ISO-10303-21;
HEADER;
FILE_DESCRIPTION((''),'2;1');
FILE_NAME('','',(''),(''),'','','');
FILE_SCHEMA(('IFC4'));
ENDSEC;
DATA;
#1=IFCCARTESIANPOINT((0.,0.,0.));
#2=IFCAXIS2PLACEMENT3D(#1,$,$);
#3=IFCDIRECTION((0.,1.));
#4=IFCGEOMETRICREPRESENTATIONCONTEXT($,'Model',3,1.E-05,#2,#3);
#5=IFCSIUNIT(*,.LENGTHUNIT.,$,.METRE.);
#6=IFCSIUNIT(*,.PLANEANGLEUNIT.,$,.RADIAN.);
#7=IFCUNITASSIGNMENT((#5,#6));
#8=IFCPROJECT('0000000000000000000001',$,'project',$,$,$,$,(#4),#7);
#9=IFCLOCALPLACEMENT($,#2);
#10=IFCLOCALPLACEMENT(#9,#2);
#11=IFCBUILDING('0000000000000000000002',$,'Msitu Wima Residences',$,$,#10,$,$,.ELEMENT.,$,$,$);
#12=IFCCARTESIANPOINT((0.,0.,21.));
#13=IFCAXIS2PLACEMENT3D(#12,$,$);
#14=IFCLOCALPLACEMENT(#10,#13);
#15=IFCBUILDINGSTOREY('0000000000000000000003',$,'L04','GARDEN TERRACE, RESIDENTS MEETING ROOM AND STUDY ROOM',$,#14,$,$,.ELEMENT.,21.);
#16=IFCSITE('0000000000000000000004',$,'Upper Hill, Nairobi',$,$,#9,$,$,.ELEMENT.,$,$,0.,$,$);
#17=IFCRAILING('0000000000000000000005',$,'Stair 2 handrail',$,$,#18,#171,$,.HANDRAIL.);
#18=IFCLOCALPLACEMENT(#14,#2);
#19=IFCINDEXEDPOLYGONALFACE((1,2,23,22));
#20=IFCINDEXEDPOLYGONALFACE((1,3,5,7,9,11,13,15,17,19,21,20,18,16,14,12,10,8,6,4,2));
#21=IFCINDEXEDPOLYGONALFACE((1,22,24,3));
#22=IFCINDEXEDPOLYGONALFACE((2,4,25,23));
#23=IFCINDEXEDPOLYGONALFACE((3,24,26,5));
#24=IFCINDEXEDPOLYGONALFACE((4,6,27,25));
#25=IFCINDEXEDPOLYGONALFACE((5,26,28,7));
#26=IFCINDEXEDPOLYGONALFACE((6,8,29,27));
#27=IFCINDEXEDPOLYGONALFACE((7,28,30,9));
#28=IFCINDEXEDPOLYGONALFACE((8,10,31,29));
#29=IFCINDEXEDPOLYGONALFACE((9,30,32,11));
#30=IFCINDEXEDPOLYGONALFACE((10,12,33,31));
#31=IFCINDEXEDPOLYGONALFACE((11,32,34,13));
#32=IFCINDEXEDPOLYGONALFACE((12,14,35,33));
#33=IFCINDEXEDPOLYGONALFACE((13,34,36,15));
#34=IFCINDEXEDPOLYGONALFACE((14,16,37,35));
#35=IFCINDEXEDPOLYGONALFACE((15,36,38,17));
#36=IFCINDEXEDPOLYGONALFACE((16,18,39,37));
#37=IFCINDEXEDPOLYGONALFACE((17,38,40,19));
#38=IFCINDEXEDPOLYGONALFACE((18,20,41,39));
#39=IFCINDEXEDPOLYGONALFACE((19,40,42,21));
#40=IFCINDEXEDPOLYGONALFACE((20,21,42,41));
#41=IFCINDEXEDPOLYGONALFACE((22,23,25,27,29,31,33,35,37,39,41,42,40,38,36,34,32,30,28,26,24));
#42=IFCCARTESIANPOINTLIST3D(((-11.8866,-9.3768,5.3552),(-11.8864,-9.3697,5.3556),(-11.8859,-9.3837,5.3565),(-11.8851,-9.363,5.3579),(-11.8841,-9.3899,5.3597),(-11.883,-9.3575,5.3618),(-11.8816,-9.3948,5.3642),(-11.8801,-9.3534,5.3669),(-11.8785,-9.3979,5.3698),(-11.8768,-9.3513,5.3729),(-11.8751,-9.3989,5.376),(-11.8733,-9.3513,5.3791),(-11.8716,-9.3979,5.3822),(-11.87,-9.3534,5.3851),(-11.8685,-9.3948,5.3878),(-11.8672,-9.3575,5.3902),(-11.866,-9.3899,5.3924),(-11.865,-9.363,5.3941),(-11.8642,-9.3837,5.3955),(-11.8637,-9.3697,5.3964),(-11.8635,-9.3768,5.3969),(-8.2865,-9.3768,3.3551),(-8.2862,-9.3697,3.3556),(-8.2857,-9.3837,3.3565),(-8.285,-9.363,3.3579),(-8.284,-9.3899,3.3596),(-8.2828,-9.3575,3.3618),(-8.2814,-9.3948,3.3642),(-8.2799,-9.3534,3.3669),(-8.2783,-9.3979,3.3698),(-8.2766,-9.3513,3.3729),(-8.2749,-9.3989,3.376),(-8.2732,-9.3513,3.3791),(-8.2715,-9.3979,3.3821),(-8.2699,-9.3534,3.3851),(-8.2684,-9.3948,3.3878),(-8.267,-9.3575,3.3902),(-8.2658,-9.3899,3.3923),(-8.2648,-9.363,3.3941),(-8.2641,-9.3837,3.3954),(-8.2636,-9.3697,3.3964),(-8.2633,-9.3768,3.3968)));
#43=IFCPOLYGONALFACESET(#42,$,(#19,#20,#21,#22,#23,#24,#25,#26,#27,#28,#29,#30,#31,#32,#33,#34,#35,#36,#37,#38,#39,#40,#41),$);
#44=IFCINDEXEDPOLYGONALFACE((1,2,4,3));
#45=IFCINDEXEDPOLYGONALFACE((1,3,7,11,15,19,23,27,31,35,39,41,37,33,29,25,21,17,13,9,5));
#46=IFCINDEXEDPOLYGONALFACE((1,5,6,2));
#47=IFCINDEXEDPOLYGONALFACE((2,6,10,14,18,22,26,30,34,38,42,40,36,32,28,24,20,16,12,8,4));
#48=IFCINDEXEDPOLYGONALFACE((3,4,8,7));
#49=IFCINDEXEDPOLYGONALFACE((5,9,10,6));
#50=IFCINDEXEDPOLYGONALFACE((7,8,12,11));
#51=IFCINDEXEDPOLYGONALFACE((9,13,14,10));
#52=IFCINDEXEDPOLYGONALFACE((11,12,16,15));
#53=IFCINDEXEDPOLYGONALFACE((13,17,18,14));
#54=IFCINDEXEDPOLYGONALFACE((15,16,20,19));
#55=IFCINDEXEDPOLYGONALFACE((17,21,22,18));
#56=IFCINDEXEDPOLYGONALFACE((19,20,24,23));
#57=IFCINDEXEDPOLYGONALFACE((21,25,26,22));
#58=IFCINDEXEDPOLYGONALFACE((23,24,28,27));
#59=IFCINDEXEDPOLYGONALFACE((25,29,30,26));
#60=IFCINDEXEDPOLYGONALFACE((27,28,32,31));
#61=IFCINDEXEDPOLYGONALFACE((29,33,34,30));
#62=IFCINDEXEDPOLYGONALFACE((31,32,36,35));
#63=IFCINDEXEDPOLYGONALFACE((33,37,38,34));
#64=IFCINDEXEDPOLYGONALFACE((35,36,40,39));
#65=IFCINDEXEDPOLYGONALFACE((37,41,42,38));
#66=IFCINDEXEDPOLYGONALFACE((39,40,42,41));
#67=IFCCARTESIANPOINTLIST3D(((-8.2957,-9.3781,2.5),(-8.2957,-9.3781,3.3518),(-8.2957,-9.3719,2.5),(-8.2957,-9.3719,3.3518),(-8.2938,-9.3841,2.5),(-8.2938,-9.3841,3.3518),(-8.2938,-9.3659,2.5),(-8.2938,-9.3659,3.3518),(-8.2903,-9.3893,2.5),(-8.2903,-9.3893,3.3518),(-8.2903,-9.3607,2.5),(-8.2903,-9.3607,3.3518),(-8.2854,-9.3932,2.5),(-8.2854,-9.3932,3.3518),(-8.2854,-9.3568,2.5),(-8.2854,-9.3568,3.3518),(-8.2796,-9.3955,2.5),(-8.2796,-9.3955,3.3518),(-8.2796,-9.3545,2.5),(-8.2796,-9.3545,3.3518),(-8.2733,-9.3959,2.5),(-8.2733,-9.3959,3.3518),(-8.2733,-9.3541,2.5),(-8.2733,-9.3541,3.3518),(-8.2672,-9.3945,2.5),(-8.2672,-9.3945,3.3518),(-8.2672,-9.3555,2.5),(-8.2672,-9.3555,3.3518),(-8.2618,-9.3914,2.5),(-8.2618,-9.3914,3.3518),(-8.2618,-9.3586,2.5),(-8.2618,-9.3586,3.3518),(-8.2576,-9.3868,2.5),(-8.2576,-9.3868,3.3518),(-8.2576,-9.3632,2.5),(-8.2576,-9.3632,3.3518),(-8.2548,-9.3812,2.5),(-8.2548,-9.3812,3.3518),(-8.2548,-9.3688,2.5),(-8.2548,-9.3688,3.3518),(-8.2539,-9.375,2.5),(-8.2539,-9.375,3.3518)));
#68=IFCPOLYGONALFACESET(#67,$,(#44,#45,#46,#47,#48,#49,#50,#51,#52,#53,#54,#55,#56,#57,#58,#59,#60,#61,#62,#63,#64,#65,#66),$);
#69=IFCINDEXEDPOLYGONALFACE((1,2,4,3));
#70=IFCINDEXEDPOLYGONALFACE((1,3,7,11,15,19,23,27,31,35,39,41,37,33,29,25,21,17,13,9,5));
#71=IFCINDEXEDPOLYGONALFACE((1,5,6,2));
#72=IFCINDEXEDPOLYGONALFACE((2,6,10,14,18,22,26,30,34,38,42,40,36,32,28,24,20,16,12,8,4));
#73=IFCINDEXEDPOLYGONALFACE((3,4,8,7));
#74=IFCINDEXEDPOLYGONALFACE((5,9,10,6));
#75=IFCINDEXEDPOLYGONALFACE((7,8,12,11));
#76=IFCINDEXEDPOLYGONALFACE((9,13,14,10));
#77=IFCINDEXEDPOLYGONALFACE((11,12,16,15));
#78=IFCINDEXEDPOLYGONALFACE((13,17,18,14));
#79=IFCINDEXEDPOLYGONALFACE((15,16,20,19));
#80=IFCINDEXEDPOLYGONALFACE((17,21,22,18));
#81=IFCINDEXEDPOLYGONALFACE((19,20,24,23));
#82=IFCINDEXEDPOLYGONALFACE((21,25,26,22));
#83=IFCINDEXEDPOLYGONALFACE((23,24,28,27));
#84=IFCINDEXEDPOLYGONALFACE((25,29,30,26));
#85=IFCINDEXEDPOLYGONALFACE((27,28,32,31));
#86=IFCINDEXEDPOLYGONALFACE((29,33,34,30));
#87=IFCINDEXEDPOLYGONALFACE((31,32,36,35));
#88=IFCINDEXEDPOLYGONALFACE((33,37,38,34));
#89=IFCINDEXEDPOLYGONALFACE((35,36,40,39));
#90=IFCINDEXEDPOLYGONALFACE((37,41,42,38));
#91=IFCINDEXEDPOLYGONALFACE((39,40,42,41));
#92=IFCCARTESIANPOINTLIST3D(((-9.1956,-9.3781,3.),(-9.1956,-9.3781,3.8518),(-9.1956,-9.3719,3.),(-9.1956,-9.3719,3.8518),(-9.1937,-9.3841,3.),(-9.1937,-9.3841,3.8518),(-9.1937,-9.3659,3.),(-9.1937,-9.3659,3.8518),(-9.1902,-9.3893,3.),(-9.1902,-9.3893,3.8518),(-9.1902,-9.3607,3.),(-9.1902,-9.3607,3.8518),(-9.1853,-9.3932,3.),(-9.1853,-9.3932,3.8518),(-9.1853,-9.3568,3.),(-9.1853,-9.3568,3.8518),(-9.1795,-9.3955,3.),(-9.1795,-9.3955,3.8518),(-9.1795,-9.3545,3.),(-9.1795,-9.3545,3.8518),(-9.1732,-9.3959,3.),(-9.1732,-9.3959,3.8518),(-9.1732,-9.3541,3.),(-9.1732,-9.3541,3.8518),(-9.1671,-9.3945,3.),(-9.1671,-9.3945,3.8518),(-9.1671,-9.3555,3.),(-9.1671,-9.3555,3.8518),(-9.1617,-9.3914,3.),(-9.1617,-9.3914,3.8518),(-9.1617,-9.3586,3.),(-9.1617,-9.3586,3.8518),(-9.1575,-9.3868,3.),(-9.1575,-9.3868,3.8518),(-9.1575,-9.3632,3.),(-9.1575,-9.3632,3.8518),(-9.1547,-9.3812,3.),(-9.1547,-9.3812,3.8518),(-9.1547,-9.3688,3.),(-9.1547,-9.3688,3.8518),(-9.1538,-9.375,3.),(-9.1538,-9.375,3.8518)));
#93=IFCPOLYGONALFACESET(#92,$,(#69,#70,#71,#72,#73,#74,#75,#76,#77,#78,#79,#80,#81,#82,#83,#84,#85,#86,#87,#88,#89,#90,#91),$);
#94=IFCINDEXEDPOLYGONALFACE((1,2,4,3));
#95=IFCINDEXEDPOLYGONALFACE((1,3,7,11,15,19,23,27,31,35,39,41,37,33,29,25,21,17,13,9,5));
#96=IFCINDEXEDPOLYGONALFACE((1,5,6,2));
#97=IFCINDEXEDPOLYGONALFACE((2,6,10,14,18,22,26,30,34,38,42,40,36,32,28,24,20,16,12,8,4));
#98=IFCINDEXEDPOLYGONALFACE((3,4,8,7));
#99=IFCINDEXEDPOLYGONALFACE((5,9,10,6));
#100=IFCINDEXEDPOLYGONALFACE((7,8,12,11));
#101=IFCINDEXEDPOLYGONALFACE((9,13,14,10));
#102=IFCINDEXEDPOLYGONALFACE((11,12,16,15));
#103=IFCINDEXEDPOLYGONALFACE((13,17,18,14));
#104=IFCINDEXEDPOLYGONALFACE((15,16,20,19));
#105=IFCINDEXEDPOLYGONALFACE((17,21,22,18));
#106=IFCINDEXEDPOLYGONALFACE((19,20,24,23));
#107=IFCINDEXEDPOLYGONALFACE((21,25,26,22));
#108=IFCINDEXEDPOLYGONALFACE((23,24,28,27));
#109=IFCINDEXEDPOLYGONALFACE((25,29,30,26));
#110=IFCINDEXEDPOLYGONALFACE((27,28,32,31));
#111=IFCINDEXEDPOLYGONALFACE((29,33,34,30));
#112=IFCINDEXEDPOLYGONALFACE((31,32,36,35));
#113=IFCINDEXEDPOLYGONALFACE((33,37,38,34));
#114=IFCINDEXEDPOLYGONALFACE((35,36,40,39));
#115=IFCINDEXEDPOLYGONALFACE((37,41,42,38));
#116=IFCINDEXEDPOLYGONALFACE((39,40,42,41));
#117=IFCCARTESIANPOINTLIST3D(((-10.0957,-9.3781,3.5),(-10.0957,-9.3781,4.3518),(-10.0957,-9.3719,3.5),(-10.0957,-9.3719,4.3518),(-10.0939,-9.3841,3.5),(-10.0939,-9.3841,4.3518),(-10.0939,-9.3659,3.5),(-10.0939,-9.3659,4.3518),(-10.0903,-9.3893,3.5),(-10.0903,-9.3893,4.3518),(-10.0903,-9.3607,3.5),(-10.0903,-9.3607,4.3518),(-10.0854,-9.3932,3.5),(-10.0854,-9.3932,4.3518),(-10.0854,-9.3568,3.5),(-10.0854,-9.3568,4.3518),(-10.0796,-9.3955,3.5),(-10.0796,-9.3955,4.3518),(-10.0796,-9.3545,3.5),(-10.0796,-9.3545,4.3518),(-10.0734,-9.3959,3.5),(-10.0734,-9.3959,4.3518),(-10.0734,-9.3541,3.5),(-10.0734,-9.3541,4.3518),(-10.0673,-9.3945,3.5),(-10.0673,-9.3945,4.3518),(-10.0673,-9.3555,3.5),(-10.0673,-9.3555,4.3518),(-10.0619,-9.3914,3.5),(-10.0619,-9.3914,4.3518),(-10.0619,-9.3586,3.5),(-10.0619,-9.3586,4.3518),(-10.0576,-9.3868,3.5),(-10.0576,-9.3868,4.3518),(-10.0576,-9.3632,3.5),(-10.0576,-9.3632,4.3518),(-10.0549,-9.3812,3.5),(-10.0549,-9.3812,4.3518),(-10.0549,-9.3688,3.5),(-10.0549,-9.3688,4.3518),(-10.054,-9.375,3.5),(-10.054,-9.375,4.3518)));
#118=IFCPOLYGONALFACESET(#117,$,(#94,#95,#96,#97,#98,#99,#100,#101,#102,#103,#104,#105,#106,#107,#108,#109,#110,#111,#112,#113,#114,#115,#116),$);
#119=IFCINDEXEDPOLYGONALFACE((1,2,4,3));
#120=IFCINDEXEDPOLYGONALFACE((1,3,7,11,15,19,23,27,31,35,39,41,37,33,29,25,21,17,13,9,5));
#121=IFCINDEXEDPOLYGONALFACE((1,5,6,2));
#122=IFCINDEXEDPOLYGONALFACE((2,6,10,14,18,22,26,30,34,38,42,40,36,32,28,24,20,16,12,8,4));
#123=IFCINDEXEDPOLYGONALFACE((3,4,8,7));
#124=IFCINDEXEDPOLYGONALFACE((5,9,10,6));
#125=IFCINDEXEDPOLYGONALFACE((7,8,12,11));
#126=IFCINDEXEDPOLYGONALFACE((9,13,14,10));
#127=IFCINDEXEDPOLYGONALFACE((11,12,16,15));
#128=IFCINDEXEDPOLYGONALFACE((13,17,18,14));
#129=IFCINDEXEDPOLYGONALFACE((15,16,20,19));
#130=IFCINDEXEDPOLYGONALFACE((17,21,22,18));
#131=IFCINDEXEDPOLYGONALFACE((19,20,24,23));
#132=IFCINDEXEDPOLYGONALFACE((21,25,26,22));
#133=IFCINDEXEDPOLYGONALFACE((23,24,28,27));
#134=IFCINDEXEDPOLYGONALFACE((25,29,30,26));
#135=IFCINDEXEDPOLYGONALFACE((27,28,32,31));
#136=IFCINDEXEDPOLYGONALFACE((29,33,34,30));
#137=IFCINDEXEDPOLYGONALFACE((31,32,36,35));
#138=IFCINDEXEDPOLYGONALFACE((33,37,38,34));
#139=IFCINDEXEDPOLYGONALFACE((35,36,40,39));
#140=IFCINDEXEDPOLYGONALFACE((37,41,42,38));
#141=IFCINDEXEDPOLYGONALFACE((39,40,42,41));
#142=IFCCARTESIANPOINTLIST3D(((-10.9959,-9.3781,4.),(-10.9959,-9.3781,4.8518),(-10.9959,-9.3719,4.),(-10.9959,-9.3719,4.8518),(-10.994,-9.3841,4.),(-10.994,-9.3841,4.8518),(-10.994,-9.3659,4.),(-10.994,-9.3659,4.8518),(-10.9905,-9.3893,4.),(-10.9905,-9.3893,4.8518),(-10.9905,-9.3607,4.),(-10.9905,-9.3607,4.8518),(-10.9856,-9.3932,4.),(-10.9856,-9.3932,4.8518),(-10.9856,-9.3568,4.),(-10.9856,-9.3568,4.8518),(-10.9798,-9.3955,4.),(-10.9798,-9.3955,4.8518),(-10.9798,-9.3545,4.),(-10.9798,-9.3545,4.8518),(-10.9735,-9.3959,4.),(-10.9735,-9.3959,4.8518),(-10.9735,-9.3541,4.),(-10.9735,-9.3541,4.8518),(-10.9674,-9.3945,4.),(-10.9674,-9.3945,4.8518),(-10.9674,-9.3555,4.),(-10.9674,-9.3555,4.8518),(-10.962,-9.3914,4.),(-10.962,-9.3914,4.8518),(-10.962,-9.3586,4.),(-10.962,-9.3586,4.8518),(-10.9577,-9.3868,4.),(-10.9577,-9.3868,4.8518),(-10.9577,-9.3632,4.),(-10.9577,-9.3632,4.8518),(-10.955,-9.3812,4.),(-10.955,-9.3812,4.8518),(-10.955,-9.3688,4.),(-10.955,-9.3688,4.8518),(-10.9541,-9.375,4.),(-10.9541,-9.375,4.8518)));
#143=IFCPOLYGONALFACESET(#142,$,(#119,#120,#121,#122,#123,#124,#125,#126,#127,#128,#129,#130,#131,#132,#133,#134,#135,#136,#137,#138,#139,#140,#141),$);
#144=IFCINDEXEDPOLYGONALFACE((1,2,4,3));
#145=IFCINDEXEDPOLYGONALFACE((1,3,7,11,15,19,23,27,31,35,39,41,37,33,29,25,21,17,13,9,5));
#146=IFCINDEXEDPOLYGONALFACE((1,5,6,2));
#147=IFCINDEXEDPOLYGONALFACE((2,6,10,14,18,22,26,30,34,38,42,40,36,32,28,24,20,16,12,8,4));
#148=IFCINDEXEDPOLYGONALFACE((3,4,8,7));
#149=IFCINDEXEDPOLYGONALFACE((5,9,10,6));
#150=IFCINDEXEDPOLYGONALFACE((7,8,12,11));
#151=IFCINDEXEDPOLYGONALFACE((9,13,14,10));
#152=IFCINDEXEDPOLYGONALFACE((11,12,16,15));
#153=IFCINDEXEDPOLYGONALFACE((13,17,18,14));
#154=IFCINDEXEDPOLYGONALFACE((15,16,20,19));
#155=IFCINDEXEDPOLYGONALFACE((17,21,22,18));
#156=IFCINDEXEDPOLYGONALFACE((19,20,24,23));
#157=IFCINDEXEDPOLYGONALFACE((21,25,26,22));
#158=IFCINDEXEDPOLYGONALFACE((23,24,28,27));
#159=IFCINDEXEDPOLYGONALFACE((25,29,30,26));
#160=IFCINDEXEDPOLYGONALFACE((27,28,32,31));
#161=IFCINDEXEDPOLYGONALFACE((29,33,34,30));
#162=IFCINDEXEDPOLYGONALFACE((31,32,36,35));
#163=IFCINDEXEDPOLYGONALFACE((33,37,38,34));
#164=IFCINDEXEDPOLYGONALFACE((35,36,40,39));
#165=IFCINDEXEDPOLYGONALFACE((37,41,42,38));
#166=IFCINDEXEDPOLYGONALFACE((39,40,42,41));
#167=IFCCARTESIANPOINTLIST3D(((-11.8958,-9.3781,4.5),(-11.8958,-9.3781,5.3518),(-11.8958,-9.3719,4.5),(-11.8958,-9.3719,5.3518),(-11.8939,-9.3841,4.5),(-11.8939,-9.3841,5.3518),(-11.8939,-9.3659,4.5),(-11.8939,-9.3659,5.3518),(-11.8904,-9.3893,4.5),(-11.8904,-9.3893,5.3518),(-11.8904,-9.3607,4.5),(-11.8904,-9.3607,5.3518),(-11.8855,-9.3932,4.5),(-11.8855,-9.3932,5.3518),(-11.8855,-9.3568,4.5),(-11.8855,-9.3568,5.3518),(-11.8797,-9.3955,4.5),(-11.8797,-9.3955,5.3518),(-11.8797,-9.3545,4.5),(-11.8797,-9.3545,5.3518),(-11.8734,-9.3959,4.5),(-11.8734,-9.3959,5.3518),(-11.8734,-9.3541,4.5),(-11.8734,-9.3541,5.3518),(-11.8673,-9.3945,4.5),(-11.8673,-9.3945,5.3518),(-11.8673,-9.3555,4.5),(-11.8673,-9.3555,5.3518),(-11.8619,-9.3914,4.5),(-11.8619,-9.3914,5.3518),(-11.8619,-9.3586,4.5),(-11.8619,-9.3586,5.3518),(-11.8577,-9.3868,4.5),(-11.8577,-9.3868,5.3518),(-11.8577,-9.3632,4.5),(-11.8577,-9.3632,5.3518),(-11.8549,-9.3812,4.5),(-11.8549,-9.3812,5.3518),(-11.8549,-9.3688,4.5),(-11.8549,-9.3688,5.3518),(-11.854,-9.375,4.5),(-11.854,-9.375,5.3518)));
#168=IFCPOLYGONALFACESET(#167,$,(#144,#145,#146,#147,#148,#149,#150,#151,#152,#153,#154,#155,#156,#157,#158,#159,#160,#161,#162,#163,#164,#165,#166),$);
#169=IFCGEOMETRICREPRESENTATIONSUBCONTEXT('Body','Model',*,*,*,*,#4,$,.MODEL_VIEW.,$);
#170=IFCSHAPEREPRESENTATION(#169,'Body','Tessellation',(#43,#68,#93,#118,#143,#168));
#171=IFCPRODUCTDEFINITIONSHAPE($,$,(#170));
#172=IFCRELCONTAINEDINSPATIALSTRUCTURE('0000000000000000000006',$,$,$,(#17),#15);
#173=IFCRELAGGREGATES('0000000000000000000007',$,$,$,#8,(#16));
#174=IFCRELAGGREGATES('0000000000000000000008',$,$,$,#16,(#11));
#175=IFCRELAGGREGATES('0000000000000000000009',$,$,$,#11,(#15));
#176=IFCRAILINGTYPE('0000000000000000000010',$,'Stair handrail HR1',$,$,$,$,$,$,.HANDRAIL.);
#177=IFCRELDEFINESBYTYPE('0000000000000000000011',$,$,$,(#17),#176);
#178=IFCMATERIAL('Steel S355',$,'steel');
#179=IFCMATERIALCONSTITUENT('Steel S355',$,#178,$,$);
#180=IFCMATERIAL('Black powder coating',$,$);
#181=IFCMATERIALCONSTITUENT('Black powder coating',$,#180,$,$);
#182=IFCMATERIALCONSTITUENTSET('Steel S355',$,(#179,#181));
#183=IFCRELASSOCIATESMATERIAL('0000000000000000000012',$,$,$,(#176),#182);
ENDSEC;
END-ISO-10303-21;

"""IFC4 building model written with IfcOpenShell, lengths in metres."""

from ifc_helpers import new_model, si_unit, direction, frame, origin, origin_2d, place, context, subcontext, project, spatial, circle, extrude, material, constituent, constituent_set, type_object, element, save


model = new_model("IFC4")

# Units and contexts
model_context = context("Model", 3, precision=1e-05, world=origin(), true_north=direction((0.0, 1.0)))
body_context = subcontext(model_context, "Body", "Model", "MODEL_VIEW")
ifc_project = project(units=[si_unit("LENGTHUNIT", "METRE"), si_unit("PLANEANGLEUNIT", "RADIAN")], contexts=[model_context])

# Site, building, storey
site_placement = place(None, origin())
site = spatial("IfcSite", under=ifc_project, at=site_placement, Name="Upper Hill, Nairobi", CompositionType="ELEMENT", RefElevation=0.0)
building_placement = place(site_placement, origin())
building = spatial("IfcBuilding", under=site, at=building_placement, Name="Msitu Wima Residences", CompositionType="ELEMENT")
storey_placement = place(building_placement, frame((0.0, 0.0, 21.0)))
storey = spatial("IfcBuildingStorey", under=building, at=storey_placement, Name="L04", Description="GARDEN TERRACE, RESIDENTS MEETING ROOM AND STUDY ROOM", CompositionType="ELEMENT", Elevation=21.0)

# Railing
ifc_material_1 = material(Name="Steel S355", Category="steel")
ifc_constituent_1 = constituent(ifc_material_1, Name="Steel S355")
ifc_material_2 = material(Name="Black powder coating")
ifc_constituent_2 = constituent(ifc_material_2, Name="Black powder coating")
ifc_constituent_set = constituent_set(constituents=[ifc_constituent_1, ifc_constituent_2], Name="Steel S355")
railing_type = type_object("IfcRailingType", Name="Stair handrail HR1", PredefinedType="HANDRAIL", material=ifc_constituent_set)
for number, where, name in (
    (1, (-8.2749, -9.375, 2.5), "Stair 2 handrail"),
):
    element("IfcRailing", number, at=place(storey_placement, frame(where)), inside=storey, type_object=railing_type, Name=name, PredefinedType="HANDRAIL", context=body_context, shape_type="SweptSolid", body=[
        extrude(circle(Radius=0.0239, at=origin_2d()), frame((0.0, 0.0, 0.876), z_axis=(-0.874163, 0.0, 0.485633), x_axis=(0.0, -1.0, 0.0)), (0.0, 0.0, 1.0), 4.1184),
        extrude(circle(Radius=0.021, at=origin_2d()), origin(), (0.0, 0.0, 1.0), 0.8518),
        extrude(circle(Radius=0.021, at=origin_2d()), frame((-0.8999, 0.0, 0.5)), (0.0, 0.0, 1.0), 0.8518),
        extrude(circle(Radius=0.021, at=origin_2d()), frame((-1.8, 0.0, 1.0)), (0.0, 0.0, 1.0), 0.8518),
        extrude(circle(Radius=0.021, at=origin_2d()), frame((-2.7002, 0.0, 1.5)), (0.0, 0.0, 1.0), 0.8518),
        extrude(circle(Radius=0.021, at=origin_2d()), frame((-3.6001, 0.0, 2.0)), (0.0, 0.0, 1.0), 0.8518),
    ])

save(model, "model.ifc")
